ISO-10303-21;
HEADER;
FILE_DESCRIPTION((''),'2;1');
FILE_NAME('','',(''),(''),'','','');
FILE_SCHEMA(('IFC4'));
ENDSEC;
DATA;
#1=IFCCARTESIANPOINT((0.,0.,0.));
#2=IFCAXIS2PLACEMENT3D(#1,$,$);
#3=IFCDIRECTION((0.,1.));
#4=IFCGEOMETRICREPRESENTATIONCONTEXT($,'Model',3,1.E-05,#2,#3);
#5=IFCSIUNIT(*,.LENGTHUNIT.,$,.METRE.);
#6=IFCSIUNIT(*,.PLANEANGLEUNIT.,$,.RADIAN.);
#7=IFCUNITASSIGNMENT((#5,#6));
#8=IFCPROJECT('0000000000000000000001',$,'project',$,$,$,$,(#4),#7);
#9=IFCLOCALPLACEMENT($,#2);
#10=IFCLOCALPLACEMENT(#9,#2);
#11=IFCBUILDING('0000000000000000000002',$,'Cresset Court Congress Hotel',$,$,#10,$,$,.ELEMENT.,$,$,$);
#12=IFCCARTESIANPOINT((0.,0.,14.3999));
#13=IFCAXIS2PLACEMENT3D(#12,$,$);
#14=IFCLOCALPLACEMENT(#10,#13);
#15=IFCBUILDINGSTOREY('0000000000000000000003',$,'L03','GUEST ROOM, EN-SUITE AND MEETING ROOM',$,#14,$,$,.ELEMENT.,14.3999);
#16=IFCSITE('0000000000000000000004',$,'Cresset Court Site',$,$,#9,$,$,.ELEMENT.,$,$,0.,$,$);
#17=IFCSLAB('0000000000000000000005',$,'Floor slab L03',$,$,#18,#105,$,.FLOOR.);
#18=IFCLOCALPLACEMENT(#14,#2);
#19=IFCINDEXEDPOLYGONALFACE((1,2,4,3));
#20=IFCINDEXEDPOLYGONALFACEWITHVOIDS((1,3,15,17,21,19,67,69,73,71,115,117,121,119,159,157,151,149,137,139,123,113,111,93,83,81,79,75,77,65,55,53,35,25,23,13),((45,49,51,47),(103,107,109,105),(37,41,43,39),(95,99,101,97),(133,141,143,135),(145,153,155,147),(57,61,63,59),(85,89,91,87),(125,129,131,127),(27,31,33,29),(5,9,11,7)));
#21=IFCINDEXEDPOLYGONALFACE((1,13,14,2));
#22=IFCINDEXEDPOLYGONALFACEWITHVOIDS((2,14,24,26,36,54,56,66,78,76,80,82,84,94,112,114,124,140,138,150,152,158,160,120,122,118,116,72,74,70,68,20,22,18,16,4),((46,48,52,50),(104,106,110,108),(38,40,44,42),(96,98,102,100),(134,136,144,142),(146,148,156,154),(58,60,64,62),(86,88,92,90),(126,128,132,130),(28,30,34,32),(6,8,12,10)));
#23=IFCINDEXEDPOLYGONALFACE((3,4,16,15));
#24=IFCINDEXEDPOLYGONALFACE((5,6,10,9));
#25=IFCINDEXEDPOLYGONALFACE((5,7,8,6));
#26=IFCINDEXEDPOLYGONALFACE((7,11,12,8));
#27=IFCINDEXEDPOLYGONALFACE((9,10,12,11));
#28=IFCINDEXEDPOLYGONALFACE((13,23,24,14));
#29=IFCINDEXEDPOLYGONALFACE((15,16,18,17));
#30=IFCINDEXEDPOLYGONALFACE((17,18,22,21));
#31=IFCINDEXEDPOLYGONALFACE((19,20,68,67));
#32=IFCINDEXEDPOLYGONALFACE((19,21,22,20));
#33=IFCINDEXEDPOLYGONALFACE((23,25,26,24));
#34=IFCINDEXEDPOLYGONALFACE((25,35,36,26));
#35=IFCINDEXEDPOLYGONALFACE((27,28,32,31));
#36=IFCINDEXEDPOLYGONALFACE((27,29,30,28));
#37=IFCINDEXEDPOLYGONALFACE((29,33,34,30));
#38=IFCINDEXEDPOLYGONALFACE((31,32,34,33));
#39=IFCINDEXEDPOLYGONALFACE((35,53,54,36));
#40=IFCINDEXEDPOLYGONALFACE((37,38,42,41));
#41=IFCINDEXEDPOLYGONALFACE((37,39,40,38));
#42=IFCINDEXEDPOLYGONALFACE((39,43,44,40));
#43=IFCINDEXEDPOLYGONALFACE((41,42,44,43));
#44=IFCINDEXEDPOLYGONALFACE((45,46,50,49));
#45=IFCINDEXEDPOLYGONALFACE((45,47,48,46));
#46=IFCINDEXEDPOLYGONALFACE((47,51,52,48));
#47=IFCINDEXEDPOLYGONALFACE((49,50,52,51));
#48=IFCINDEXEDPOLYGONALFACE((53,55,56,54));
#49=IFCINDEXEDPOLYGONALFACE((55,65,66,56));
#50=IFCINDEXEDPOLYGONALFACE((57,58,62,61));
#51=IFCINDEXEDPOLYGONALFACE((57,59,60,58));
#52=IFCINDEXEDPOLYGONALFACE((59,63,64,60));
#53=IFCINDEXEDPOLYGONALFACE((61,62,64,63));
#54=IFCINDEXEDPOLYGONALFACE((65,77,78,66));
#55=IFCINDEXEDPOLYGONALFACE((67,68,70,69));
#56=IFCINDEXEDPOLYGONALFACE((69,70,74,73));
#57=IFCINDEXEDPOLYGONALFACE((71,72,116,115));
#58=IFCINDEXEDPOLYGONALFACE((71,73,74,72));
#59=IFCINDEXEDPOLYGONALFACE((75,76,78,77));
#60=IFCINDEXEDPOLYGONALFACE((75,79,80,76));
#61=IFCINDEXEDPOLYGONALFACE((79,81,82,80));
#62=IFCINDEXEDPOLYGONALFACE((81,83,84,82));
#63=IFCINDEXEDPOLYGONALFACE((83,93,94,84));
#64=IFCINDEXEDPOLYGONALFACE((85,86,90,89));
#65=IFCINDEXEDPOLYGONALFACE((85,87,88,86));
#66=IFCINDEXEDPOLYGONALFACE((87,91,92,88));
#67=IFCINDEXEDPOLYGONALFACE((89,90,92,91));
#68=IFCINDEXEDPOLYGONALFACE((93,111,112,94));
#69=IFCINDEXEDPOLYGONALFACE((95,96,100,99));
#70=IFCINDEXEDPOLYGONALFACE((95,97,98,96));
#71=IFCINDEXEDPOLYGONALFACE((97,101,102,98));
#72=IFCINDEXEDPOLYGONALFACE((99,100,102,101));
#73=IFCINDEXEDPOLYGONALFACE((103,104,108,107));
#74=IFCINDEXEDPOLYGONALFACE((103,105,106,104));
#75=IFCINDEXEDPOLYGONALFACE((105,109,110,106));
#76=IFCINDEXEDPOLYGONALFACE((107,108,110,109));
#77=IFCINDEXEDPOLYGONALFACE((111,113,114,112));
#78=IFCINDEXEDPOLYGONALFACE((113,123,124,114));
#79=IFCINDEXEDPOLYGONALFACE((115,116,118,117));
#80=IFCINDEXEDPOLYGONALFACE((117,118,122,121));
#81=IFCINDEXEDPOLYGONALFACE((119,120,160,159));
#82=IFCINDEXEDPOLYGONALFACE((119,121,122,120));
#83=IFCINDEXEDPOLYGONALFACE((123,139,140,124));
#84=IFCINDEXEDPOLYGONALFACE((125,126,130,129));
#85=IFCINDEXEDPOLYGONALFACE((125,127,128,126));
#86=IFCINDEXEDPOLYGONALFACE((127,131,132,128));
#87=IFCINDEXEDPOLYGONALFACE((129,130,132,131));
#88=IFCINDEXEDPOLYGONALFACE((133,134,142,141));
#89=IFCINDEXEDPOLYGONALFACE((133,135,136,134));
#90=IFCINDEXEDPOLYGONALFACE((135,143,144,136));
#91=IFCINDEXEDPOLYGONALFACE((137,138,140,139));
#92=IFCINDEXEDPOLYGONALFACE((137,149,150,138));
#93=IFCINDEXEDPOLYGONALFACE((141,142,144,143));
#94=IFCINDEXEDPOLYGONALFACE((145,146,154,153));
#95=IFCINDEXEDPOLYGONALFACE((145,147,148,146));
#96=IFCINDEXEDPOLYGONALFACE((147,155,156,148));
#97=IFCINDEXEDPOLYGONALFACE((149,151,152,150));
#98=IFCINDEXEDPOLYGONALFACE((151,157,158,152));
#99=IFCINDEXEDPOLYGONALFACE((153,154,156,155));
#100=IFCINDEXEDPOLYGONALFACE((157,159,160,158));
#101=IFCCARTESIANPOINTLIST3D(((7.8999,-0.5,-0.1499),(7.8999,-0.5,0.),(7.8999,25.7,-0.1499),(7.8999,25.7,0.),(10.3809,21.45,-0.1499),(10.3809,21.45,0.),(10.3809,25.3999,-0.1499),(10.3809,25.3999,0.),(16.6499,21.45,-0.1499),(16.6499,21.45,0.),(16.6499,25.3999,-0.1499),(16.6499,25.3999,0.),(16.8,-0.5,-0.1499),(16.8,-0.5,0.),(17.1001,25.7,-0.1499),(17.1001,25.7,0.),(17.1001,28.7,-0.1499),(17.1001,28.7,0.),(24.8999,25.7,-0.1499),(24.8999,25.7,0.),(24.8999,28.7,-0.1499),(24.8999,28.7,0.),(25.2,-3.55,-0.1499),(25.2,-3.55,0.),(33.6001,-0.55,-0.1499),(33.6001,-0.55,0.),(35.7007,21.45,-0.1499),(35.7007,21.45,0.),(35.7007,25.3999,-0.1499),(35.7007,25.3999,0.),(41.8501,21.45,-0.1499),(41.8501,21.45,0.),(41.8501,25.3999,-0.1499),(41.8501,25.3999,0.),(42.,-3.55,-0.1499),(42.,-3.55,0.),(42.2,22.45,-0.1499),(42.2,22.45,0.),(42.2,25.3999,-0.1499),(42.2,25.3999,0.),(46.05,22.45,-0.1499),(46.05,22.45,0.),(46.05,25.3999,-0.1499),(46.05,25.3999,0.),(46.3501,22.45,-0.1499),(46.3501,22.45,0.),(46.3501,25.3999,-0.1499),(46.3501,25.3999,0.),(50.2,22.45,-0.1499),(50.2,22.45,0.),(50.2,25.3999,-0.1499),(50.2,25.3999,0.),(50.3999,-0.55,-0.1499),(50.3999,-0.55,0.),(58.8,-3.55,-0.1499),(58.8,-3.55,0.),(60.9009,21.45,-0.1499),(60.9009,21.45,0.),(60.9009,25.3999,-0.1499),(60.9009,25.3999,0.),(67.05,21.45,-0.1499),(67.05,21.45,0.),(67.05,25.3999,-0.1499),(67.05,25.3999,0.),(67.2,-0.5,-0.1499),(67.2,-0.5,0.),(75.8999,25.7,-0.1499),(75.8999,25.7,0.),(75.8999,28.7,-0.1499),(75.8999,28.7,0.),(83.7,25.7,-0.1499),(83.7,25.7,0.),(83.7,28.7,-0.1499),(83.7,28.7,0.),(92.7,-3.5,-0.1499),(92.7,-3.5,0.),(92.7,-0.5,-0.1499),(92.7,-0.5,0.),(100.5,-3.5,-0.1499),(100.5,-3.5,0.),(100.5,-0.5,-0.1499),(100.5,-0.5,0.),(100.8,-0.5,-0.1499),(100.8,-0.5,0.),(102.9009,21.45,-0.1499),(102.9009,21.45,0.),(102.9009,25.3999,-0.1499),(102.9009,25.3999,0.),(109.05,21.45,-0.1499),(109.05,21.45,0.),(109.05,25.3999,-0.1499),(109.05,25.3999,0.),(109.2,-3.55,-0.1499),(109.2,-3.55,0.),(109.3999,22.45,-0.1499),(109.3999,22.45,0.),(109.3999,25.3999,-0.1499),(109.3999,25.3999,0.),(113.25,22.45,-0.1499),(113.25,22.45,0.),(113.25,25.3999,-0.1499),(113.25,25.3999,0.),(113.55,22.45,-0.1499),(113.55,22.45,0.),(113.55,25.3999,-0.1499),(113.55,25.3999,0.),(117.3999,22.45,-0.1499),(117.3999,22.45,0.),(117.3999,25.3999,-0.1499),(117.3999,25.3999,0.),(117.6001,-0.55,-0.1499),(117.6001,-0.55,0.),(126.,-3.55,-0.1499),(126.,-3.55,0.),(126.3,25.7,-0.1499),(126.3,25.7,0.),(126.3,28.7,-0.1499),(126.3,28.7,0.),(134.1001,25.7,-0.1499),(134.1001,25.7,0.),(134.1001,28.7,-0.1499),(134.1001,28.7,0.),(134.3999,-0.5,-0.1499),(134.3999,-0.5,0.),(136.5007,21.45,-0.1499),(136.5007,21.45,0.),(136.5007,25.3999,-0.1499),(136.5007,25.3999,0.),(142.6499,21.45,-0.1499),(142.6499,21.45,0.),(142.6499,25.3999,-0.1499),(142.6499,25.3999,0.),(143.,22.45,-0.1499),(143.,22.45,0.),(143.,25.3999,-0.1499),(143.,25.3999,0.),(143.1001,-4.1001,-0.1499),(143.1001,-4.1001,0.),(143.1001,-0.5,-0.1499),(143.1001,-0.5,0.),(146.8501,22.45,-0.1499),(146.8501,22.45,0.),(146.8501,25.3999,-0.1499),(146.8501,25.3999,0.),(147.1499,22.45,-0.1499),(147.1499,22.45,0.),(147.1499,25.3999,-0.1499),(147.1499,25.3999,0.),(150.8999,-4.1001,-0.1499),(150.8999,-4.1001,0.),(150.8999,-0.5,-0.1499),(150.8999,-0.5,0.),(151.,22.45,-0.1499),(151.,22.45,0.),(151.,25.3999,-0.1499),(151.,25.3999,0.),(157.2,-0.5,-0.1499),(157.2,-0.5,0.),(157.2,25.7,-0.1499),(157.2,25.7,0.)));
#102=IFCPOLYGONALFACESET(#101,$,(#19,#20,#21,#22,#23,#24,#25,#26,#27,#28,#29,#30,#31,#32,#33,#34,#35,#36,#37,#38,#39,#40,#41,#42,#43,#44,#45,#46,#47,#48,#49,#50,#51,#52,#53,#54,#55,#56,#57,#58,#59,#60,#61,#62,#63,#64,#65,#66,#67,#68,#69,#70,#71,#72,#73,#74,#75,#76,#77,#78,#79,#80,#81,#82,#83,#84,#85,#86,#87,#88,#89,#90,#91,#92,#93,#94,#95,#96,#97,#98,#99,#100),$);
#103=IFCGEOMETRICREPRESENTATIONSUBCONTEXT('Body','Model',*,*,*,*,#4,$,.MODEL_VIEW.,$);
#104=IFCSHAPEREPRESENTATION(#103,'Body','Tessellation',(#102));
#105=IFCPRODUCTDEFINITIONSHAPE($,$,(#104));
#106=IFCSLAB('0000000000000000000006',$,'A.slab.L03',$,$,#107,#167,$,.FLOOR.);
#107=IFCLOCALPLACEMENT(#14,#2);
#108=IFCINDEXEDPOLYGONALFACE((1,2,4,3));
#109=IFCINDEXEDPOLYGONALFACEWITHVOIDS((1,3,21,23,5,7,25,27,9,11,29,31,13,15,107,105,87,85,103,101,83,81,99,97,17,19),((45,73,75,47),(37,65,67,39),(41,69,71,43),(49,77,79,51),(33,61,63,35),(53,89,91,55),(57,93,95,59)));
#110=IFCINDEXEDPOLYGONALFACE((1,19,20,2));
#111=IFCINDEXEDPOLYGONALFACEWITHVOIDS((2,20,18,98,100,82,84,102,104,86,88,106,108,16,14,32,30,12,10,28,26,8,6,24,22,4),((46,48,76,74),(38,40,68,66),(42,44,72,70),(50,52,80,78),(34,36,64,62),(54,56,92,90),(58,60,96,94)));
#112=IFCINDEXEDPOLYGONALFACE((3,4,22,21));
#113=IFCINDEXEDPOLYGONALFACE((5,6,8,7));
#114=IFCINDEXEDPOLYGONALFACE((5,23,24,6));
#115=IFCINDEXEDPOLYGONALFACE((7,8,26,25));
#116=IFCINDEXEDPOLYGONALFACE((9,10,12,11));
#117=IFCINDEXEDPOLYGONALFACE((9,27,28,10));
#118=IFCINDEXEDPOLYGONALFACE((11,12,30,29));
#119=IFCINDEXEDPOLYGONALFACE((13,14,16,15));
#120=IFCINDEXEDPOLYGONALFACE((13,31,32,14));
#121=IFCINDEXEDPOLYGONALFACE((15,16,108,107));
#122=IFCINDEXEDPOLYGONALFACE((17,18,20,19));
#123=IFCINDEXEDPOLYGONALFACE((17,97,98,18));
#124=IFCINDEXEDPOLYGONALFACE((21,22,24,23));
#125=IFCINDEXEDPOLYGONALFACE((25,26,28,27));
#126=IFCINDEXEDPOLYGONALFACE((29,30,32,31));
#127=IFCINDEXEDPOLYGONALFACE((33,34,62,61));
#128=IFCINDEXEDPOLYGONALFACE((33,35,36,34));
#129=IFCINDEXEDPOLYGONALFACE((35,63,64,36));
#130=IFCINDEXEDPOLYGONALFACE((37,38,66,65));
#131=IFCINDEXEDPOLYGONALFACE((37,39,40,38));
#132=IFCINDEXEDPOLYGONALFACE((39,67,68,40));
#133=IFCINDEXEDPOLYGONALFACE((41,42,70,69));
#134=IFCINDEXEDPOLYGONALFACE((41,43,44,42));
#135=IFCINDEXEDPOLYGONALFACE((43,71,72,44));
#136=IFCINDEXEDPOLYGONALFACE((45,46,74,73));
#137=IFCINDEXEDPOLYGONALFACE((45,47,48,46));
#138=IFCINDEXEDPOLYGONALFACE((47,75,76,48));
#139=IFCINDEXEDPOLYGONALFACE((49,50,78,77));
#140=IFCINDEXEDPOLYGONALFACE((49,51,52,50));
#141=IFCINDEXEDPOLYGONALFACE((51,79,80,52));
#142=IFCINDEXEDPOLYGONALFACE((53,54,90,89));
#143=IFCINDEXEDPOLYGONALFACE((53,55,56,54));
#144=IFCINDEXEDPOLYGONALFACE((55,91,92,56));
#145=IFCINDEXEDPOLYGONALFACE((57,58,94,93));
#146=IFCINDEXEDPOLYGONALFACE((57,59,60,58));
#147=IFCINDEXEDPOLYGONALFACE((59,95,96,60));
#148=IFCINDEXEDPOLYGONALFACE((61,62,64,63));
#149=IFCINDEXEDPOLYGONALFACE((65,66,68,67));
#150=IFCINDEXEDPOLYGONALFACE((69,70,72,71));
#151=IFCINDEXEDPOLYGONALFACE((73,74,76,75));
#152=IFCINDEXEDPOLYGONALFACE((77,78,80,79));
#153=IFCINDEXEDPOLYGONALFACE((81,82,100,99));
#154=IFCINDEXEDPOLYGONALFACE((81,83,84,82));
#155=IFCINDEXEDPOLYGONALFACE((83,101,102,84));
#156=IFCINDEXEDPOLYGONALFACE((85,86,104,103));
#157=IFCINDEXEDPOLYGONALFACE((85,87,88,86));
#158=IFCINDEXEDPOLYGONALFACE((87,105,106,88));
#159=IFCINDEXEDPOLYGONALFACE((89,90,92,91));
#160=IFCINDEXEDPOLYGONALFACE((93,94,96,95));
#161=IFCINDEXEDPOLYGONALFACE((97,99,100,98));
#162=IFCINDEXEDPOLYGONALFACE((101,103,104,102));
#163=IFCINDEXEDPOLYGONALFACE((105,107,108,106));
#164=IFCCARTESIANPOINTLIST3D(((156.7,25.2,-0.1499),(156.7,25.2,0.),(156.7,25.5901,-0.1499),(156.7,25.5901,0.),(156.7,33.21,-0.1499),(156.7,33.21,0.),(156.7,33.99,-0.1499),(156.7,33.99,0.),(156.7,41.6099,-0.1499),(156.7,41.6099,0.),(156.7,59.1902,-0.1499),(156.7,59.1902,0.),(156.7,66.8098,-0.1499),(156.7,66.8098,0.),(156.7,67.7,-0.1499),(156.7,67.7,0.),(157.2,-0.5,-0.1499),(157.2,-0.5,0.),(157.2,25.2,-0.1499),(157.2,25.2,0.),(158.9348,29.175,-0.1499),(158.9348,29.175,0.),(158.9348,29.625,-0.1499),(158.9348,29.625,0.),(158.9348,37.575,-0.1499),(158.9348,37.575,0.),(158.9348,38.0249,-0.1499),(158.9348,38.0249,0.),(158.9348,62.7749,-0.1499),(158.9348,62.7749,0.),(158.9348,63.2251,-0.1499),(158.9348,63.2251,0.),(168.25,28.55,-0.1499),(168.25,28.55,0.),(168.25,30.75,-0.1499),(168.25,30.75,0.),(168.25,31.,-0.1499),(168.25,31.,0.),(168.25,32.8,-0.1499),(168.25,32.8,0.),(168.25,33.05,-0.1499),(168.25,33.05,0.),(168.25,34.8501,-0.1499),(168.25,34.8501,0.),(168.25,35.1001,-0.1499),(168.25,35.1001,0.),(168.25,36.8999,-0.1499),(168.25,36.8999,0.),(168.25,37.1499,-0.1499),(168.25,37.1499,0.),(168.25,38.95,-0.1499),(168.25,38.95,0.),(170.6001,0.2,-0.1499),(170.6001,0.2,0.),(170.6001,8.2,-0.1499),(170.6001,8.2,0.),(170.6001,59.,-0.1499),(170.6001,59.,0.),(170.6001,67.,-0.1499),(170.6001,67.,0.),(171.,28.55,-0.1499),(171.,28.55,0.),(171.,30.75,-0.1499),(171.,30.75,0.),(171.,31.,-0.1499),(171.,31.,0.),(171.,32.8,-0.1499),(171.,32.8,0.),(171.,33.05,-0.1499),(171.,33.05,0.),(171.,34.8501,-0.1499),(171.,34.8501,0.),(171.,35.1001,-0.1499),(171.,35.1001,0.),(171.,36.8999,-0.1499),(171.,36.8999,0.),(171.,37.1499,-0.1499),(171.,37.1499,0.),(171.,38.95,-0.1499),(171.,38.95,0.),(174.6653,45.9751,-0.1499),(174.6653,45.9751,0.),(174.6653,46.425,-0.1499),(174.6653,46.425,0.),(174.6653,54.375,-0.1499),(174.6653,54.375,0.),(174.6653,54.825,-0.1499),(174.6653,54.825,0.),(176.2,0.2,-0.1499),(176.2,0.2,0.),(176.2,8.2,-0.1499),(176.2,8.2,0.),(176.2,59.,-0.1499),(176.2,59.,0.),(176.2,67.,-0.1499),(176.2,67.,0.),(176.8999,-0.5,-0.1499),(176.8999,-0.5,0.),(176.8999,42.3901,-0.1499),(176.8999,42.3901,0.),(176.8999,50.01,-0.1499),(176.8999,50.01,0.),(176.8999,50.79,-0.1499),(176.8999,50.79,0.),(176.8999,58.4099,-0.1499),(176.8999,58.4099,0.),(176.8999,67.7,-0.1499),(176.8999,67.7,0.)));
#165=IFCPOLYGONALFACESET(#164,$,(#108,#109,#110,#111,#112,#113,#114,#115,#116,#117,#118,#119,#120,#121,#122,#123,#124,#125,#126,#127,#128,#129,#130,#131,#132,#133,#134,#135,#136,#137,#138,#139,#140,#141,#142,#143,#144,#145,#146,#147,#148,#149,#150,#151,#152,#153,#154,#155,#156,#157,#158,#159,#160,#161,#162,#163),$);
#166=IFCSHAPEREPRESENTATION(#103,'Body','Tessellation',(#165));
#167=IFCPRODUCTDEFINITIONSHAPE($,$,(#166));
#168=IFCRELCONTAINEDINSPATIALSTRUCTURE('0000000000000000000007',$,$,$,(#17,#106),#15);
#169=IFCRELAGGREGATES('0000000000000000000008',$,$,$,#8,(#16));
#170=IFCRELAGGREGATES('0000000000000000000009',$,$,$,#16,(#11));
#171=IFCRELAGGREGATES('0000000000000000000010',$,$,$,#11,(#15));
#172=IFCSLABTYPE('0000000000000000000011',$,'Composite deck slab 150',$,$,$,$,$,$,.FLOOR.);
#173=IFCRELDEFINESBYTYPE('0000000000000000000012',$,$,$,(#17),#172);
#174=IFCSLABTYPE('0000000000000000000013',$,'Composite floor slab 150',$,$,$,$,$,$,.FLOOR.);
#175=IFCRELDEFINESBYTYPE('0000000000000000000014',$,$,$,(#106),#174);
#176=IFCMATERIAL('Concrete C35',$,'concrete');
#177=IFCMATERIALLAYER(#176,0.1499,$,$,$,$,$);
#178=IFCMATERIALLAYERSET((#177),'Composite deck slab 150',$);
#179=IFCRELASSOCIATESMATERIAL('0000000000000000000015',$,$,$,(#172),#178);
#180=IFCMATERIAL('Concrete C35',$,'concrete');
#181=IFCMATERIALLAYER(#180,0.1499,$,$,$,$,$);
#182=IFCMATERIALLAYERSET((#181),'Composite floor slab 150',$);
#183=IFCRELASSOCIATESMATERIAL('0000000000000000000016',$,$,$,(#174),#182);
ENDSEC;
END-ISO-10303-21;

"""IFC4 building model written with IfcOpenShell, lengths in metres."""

from ifc_helpers import new_model, si_unit, direction, frame, origin, place, context, subcontext, project, spatial, polyline, outline, extrude, material, layer, layer_set, type_object, element, save


model = new_model("IFC4")

# Units and contexts
model_context = context("Model", 3, precision=1e-05, world=origin(), true_north=direction((0.0, 1.0)))
body_context = subcontext(model_context, "Body", "Model", "MODEL_VIEW")
ifc_project = project(units=[si_unit("LENGTHUNIT", "METRE"), si_unit("PLANEANGLEUNIT", "RADIAN")], contexts=[model_context])

# Site, building, storey
site_placement = place(None, origin())
site = spatial("IfcSite", under=ifc_project, at=site_placement, Name="Cresset Court Site", CompositionType="ELEMENT", RefElevation=0.0)
building_placement = place(site_placement, origin())
building = spatial("IfcBuilding", under=site, at=building_placement, Name="Cresset Court Congress Hotel", CompositionType="ELEMENT")
storey_placement = place(building_placement, frame((0.0, 0.0, 14.3999)))
storey = spatial("IfcBuildingStorey", under=building, at=storey_placement, Name="L03", Description="GUEST ROOM, EN-SUITE AND MEETING ROOM", CompositionType="ELEMENT", Elevation=14.3999)

# Slabs
ifc_material_1 = material(Name="Concrete C35", Category="concrete")
ifc_layer_1 = layer(ifc_material_1, 0.1499)
ifc_layer_set_1 = layer_set([ifc_layer_1], Name="Composite deck slab 150")
slab_type_1 = type_object("IfcSlabType", Name="Composite deck slab 150", PredefinedType="FLOOR", material=ifc_layer_set_1)
slab_1_placement = place(storey_placement, frame((0.0, 0.0, -0.1499)))
element("IfcSlab", 1, at=slab_1_placement, inside=storey, type_object=slab_type_1, Name="Floor slab L03", PredefinedType="FLOOR", context=body_context, shape_type="SweptSolid", body=[
    extrude(outline(polyline([(42.0, -3.55), (33.6001, -0.55), (25.2, -3.55), (16.8, -0.5), (7.8999, -0.5), (7.8999, 25.7), (17.1001, 25.7), (17.1001, 28.7), (24.8999, 28.7), (24.8999, 25.7), (75.8999, 25.7), (75.8999, 28.7), (83.7, 28.7), (83.7, 25.7), (126.3, 25.7), (126.3, 28.7), (134.1001, 28.7), (134.1001, 25.7), (157.2, 25.7), (157.2, -0.5), (150.8999, -0.5), (150.8999, -4.1001), (143.1001, -4.1001), (143.1001, -0.5), (134.3999, -0.5), (126.0, -3.55), (117.6001, -0.55), (109.2, -3.55), (100.8, -0.5), (100.5, -0.5), (100.5, -3.5), (92.7, -3.5), (92.7, -0.5), (67.2, -0.5), (58.8, -3.55), (50.3999, -0.55), (42.0, -3.55)]), holes=[polyline([(10.3809, 21.45), (16.6499, 21.45), (16.6499, 25.3999), (10.3809, 25.3999), (10.3809, 21.45)]), polyline([(35.7007, 21.45), (41.8501, 21.45), (41.8501, 25.3999), (35.7007, 25.3999), (35.7007, 21.45)]), polyline([(60.9009, 21.45), (67.05, 21.45), (67.05, 25.3999), (60.9009, 25.3999), (60.9009, 21.45)]), polyline([(102.9009, 21.45), (109.05, 21.45), (109.05, 25.3999), (102.9009, 25.3999), (102.9009, 21.45)]), polyline([(136.5007, 21.45), (142.6499, 21.45), (142.6499, 25.3999), (136.5007, 25.3999), (136.5007, 21.45)]), polyline([(42.2, 22.45), (46.05, 22.45), (46.05, 25.3999), (42.2, 25.3999), (42.2, 22.45)]), polyline([(46.3501, 22.45), (50.2, 22.45), (50.2, 25.3999), (46.3501, 25.3999), (46.3501, 22.45)]), polyline([(109.3999, 22.45), (113.25, 22.45), (113.25, 25.3999), (109.3999, 25.3999), (109.3999, 22.45)]), polyline([(113.55, 22.45), (117.3999, 22.45), (117.3999, 25.3999), (113.55, 25.3999), (113.55, 22.45)]), polyline([(143.0, 22.45), (146.8501, 22.45), (146.8501, 25.3999), (143.0, 25.3999), (143.0, 22.45)]), polyline([(147.1499, 22.45), (151.0, 22.45), (151.0, 25.3999), (147.1499, 25.3999), (147.1499, 22.45)])]), origin(), (0.0, 0.0, 1.0), 0.1499),
])
ifc_material_2 = material(Name="Concrete C35", Category="concrete")
ifc_layer_2 = layer(ifc_material_2, 0.1499)
ifc_layer_set_2 = layer_set([ifc_layer_2], Name="Composite floor slab 150")
slab_type_2 = type_object("IfcSlabType", Name="Composite floor slab 150", PredefinedType="FLOOR", material=ifc_layer_set_2)
slab_2_placement = place(storey_placement, frame((0.0, 0.0, -0.1499)))
element("IfcSlab", 2, at=slab_2_placement, inside=storey, type_object=slab_type_2, Name="A.slab.L03", PredefinedType="FLOOR", context=body_context, shape_type="SweptSolid", body=[
    extrude(outline(polyline([(157.2, -0.5), (176.8999, -0.5), (176.8999, 42.3901), (174.6653, 45.9751), (174.6653, 46.425), (176.8999, 50.01), (176.8999, 50.79), (174.6653, 54.375), (174.6653, 54.825), (176.8999, 58.4099), (176.8999, 67.7), (156.7, 67.7), (156.7, 66.8098), (158.9348, 63.2251), (158.9348, 62.7749), (156.7, 59.1902), (156.7, 41.6099), (158.9348, 38.0249), (158.9348, 37.575), (156.7, 33.99), (156.7, 33.21), (158.9348, 29.625), (158.9348, 29.175), (156.7, 25.5901), (156.7, 25.2), (157.2, 25.2), (157.2, -0.5)]), holes=[polyline([(170.6001, 0.2), (176.2, 0.2), (176.2, 8.2), (170.6001, 8.2), (170.6001, 0.2)]), polyline([(170.6001, 59.0), (176.2, 59.0), (176.2, 67.0), (170.6001, 67.0), (170.6001, 59.0)]), polyline([(168.25, 28.55), (171.0, 28.55), (171.0, 30.75), (168.25, 30.75), (168.25, 28.55)]), polyline([(168.25, 31.0), (171.0, 31.0), (171.0, 32.8), (168.25, 32.8), (168.25, 31.0)]), polyline([(168.25, 33.05), (171.0, 33.05), (171.0, 34.8501), (168.25, 34.8501), (168.25, 33.05)]), polyline([(168.25, 35.1001), (171.0, 35.1001), (171.0, 36.8999), (168.25, 36.8999), (168.25, 35.1001)]), polyline([(168.25, 37.1499), (171.0, 37.1499), (171.0, 38.95), (168.25, 38.95), (168.25, 37.1499)])]), origin(), (0.0, 0.0, 1.0), 0.1499),
])

save(model, "model.ifc")
